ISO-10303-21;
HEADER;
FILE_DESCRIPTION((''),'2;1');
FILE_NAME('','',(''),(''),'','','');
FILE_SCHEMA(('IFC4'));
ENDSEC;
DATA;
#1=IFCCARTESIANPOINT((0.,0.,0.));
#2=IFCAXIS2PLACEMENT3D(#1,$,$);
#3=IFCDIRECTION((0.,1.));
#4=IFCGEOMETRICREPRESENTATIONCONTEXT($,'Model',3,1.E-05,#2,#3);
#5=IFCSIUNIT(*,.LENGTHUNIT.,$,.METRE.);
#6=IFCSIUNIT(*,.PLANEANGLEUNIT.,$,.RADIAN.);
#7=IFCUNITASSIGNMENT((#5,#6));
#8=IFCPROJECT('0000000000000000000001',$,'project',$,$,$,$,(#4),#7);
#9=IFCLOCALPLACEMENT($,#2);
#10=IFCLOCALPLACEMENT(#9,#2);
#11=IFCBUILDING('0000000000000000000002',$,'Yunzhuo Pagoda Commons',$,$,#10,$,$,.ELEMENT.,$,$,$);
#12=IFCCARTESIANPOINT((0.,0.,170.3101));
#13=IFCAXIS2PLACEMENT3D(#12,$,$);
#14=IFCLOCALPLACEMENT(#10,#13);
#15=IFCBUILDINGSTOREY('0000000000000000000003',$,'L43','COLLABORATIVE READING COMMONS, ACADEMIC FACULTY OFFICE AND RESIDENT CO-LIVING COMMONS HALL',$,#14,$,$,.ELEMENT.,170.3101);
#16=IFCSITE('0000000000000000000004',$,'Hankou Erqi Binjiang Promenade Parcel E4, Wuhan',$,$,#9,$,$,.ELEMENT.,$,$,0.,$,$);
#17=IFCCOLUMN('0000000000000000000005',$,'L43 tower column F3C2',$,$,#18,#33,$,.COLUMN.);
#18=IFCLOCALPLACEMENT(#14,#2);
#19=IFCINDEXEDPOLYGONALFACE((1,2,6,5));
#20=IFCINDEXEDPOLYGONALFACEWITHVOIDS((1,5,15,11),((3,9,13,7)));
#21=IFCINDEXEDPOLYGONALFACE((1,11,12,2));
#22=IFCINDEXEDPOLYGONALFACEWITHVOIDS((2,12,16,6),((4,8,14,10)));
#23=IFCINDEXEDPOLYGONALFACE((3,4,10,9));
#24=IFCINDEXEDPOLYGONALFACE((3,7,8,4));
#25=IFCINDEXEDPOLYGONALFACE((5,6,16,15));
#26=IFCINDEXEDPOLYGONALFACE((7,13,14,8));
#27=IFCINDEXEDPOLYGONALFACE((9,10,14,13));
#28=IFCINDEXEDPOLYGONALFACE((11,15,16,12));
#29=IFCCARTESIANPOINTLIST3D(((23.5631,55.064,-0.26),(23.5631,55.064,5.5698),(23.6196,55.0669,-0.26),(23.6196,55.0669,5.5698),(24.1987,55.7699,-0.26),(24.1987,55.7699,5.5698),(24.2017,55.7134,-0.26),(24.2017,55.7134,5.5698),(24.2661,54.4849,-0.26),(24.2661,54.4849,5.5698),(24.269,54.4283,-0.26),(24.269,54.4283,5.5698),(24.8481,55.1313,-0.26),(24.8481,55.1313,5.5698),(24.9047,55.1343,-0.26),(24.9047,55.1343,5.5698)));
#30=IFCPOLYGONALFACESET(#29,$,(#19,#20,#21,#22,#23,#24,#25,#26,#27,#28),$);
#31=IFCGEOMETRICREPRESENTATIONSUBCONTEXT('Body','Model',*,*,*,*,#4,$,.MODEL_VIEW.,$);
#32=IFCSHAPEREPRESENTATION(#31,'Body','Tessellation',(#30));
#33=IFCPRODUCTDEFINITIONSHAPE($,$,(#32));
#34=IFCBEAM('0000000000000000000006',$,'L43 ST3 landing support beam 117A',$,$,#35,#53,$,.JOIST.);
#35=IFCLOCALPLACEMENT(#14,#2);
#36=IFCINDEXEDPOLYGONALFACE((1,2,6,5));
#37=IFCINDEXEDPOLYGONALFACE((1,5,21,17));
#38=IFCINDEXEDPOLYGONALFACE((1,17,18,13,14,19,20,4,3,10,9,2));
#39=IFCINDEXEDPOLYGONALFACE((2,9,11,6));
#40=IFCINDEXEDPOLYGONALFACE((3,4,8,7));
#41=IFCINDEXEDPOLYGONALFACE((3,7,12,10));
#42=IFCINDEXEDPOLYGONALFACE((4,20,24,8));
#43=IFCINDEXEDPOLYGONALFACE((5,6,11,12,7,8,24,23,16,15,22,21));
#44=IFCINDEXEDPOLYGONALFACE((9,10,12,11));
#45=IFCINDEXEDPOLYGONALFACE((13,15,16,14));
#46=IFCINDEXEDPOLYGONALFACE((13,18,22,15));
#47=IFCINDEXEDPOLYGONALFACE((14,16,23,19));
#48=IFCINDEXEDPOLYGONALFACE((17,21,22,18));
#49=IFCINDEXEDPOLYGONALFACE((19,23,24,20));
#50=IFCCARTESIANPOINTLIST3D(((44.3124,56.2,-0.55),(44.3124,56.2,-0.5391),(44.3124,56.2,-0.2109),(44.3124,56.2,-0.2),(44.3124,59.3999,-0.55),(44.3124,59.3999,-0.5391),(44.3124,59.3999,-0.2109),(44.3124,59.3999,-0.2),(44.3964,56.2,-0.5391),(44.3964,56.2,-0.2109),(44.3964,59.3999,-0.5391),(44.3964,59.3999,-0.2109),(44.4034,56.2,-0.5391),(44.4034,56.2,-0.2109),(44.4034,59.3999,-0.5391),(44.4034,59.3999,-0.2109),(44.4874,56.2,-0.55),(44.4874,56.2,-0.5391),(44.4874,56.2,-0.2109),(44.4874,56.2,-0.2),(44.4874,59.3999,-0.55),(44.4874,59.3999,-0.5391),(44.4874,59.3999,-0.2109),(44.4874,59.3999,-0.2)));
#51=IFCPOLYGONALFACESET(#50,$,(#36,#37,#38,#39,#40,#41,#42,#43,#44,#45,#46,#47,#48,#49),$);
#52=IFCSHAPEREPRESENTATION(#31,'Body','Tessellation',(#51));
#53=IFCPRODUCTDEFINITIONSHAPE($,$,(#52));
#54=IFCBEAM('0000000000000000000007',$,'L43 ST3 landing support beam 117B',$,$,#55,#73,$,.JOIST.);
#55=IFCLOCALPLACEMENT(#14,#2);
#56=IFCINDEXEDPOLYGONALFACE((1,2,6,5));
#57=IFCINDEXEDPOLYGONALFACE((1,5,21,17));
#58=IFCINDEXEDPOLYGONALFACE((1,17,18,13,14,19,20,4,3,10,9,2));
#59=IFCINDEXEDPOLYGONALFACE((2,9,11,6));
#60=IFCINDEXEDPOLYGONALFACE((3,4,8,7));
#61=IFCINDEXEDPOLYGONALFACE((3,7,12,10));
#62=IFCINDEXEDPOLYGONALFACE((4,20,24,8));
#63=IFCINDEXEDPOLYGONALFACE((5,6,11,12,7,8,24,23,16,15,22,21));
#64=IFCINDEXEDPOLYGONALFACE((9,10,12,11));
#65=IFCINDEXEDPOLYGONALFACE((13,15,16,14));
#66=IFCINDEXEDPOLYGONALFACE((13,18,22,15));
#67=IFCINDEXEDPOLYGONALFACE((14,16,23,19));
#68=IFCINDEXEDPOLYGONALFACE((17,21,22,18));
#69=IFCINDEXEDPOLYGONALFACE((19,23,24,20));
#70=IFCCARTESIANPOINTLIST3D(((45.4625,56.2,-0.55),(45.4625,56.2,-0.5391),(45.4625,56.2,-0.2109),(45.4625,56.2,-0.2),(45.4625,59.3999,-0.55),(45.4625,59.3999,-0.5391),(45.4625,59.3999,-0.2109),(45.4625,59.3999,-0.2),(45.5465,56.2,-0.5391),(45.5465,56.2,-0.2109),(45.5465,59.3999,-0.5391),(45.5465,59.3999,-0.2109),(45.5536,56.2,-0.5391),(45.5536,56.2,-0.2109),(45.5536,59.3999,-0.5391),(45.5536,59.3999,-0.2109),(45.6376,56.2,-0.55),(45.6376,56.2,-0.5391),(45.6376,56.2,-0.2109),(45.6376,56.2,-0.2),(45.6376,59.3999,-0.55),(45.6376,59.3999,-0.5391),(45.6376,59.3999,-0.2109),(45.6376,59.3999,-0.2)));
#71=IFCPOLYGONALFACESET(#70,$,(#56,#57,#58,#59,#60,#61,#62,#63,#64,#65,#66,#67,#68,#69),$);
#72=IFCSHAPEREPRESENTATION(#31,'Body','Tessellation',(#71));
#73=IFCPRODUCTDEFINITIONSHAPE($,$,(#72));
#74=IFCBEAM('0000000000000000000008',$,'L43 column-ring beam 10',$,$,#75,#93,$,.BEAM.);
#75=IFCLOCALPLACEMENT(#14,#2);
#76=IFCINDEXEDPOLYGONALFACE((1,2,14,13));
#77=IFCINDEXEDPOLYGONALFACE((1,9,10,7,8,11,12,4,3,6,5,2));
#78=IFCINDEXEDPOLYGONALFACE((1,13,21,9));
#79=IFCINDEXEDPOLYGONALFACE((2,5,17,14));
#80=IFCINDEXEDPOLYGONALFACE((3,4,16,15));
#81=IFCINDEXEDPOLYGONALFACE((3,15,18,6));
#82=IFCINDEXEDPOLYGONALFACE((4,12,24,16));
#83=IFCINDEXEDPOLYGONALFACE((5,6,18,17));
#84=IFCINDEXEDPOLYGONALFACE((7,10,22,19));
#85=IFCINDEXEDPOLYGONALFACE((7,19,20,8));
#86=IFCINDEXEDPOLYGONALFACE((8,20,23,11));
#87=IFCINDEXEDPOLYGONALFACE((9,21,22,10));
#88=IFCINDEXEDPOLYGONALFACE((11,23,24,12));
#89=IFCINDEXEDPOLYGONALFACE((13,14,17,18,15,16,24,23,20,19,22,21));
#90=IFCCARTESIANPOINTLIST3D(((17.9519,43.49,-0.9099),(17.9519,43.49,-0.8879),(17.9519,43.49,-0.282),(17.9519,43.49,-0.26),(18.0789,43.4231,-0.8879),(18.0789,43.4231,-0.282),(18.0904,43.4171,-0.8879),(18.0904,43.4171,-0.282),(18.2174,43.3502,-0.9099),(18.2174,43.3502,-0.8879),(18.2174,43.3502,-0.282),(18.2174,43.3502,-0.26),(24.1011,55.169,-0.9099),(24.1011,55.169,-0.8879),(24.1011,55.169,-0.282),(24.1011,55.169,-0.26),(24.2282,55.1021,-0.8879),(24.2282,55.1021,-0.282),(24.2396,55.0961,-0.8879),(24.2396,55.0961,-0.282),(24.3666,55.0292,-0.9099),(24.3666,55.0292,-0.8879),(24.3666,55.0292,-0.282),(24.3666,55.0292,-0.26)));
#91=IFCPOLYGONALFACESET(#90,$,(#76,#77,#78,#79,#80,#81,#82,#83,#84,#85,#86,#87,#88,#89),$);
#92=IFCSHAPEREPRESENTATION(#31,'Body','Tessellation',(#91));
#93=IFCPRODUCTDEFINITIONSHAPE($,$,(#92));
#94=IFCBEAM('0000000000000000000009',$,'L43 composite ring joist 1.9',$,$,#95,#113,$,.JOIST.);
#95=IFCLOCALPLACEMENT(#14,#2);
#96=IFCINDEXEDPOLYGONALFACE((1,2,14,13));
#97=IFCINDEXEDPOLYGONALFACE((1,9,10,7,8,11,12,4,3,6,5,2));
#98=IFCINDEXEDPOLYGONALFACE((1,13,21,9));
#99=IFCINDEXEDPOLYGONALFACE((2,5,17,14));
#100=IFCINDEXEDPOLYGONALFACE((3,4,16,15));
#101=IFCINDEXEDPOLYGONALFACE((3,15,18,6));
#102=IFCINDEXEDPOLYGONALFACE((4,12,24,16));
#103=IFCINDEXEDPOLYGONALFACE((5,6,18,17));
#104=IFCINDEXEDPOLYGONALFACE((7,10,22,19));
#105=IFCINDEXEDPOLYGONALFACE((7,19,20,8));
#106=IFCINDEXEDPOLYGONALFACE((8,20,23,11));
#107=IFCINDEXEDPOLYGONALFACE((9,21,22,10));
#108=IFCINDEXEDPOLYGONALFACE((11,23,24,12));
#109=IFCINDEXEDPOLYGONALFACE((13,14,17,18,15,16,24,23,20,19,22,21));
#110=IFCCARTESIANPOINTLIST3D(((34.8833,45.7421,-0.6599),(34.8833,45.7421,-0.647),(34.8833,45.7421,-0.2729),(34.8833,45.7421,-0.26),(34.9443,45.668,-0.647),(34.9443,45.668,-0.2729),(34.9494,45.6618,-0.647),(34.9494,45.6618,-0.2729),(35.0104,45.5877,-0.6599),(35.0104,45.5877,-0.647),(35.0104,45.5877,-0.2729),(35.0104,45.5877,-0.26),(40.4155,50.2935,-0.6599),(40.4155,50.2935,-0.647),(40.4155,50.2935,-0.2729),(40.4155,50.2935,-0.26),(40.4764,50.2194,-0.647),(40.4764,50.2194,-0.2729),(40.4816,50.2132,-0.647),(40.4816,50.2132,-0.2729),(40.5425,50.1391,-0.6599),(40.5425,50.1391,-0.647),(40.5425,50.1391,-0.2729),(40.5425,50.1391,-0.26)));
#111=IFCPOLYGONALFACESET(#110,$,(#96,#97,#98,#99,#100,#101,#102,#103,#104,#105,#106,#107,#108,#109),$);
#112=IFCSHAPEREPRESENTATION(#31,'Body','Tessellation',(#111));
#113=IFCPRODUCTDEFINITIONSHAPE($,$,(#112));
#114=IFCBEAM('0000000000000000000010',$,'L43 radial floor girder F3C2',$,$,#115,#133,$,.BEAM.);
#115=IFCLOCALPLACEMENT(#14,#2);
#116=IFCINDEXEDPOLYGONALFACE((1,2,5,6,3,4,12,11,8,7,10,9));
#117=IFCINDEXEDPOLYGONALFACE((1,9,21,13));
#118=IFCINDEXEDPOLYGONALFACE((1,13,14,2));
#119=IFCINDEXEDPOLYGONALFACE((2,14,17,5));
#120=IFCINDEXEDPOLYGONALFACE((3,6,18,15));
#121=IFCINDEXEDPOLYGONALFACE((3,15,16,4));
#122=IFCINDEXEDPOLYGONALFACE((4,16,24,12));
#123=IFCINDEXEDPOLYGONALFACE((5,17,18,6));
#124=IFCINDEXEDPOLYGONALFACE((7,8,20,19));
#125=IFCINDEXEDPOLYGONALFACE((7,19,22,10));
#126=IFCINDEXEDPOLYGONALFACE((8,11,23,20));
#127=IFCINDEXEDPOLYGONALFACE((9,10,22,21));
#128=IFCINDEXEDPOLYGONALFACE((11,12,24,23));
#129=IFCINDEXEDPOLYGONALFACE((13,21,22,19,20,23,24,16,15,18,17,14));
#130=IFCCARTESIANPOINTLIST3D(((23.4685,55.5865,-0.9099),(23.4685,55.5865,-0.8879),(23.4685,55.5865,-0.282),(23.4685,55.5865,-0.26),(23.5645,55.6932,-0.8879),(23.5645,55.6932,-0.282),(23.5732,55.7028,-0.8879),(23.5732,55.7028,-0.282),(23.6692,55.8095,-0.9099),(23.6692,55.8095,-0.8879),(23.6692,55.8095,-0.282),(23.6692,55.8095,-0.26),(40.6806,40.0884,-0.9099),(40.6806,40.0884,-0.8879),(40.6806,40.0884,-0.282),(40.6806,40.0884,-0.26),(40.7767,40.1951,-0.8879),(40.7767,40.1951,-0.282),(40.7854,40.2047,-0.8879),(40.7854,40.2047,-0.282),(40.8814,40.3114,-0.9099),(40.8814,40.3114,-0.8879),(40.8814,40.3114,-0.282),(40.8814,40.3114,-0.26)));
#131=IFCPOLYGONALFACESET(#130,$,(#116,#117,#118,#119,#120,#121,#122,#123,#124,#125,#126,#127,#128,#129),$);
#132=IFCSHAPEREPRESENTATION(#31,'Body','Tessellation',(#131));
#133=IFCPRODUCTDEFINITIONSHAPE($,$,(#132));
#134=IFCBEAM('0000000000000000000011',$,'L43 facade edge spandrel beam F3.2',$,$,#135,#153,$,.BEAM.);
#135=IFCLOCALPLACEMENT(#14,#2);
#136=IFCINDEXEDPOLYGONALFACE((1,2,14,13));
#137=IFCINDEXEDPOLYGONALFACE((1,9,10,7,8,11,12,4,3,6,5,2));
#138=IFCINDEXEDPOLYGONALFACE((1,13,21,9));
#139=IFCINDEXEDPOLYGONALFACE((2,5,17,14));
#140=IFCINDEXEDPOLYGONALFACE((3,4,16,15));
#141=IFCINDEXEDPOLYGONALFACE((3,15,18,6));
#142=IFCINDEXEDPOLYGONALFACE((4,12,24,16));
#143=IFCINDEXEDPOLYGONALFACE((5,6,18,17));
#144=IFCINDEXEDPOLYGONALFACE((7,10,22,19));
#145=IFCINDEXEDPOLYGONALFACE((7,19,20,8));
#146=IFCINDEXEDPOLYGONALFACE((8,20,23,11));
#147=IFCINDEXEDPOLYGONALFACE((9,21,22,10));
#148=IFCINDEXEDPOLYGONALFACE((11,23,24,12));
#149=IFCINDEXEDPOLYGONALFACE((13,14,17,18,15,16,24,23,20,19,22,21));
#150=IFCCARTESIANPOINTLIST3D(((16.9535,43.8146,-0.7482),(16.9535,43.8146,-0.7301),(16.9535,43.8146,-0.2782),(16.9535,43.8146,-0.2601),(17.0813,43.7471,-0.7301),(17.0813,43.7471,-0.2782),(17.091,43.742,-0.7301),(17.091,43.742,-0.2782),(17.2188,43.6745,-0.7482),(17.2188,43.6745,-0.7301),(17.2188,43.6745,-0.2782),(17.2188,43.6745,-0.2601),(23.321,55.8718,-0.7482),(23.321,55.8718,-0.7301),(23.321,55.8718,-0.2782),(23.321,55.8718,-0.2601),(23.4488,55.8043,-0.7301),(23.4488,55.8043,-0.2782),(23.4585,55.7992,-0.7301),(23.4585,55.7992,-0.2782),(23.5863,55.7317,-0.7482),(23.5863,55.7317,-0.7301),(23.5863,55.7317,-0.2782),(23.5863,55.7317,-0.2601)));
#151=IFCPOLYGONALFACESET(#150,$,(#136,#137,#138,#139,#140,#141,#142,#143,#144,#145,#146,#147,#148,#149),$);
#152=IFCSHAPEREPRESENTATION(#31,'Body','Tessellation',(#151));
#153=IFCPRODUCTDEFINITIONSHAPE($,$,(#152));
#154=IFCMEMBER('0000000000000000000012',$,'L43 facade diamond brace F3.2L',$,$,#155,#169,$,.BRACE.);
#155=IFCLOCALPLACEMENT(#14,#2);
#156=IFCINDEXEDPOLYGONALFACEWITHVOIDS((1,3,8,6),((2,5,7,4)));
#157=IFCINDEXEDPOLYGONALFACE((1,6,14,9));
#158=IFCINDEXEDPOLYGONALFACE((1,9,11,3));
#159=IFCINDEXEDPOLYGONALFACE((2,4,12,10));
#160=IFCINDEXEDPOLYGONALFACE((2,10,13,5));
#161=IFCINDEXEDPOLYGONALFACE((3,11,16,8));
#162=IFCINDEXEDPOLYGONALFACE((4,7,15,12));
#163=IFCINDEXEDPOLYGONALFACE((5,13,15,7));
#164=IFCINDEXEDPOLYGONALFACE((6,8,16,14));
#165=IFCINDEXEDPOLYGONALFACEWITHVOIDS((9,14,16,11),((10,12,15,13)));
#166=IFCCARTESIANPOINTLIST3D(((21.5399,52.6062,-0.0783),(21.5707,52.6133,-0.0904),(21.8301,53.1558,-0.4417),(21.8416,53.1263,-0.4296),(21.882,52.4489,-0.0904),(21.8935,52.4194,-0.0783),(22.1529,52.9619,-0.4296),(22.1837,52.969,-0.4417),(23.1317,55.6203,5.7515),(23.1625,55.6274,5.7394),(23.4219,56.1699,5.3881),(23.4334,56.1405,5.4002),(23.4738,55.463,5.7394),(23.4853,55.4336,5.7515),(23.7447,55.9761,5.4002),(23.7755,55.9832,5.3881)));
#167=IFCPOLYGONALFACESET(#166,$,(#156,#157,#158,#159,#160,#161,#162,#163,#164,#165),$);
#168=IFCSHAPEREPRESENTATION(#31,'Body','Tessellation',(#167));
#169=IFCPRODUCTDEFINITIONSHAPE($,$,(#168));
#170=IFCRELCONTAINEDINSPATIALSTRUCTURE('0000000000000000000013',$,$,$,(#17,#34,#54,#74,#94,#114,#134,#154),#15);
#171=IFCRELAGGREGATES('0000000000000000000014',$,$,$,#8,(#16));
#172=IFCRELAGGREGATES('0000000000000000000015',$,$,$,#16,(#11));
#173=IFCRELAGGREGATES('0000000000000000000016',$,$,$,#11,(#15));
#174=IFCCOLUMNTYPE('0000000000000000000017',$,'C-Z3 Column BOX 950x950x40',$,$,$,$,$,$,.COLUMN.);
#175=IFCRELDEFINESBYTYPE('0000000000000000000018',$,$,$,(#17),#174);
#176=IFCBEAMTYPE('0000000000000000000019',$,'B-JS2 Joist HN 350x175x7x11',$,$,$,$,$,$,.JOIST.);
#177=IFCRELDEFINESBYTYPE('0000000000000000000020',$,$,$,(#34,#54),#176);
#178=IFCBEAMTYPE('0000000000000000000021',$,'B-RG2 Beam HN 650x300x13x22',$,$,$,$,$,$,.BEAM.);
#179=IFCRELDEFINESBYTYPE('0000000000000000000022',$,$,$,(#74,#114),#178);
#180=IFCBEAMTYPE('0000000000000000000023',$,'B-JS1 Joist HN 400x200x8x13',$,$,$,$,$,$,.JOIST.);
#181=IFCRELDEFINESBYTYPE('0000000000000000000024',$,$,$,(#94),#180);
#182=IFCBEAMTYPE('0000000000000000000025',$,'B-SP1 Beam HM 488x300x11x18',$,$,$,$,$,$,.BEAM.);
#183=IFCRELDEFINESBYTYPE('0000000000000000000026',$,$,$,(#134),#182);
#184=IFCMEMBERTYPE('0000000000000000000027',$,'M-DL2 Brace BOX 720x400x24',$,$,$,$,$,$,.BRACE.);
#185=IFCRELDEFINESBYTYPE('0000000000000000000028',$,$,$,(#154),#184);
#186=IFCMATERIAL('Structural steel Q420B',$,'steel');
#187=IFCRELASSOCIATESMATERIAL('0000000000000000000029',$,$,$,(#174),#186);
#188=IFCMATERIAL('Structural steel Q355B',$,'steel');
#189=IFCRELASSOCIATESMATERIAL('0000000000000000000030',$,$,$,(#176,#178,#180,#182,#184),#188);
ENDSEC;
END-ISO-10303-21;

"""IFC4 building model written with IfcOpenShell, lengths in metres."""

from ifc_helpers import new_model, si_unit, direction, frame, origin, origin_2d, place, context, subcontext, project, spatial, hollow_rectangle, i_section, extrude, source, transform, mapped, material, material_profile, profile_set, type_object, element, save


model = new_model("IFC4")

# Units and contexts
model_context = context("Model", 3, precision=1e-05, world=origin(), true_north=direction((0.0, 1.0)))
body_context = subcontext(model_context, "Body", "Model", "MODEL_VIEW")
ifc_project = project(units=[si_unit("LENGTHUNIT", "METRE"), si_unit("PLANEANGLEUNIT", "RADIAN")], contexts=[model_context])

# Site, building, storey
site_placement = place(None, origin())
site = spatial("IfcSite", under=ifc_project, at=site_placement, Name="Hankou Erqi Binjiang Promenade Parcel E4, Wuhan", CompositionType="ELEMENT", RefElevation=0.0)
building_placement = place(site_placement, origin())
building = spatial("IfcBuilding", under=site, at=building_placement, Name="Yunzhuo Pagoda Commons", CompositionType="ELEMENT")
storey_placement = place(building_placement, frame((0.0, 0.0, 170.3101)))
storey = spatial("IfcBuildingStorey", under=building, at=storey_placement, Name="L43", Description="COLLABORATIVE READING COMMONS, ACADEMIC FACULTY OFFICE AND RESIDENT CO-LIVING COMMONS HALL", CompositionType="ELEMENT", Elevation=170.3101)

# Column
ifc_material_1 = material(Name="Structural steel Q420B", Category="steel")
ifc_material_profile_1 = material_profile(ifc_material_1, hollow_rectangle(XDim=0.95, YDim=0.95, WallThickness=0.04, at=origin_2d()), Name="Structural steel Q420B")
ifc_profile_set_1 = profile_set([ifc_material_profile_1], Name="Structural steel Q420B")
column_type = type_object("IfcColumnType", Name="C-Z3 Column BOX 950x950x40", PredefinedType="COLUMN", material=ifc_profile_set_1)
shared_shape_1 = source(origin(), body_context, "Body", "SweptSolid", [
    extrude(hollow_rectangle(XDim=0.95, YDim=0.95, WallThickness=0.04, at=origin_2d()), origin(), (0.0, 0.0, 1.0), 5.8298),
])
column_placement = place(storey_placement, frame((24.2339, 55.0991, -0.26), z_axis=(0.0, 0.0, 1.0), x_axis=(-0.669131, -0.743145, 0.0)))
element("IfcColumn", 1, at=column_placement, inside=storey, type_object=column_type, Name="L43 tower column F3C2", PredefinedType="COLUMN", context=body_context, shape_type="MappedRepresentation", body=[
    mapped(shared_shape_1, transform((0.0, 0.0, 0.0), scale=1.0)),
])

# Beams
ifc_material_2 = material(Name="Structural steel Q355B", Category="steel")
ifc_material_profile_2 = material_profile(ifc_material_2, i_section(OverallWidth=0.175, OverallDepth=0.3501, WebThickness=0.0071, FlangeThickness=0.011, at=origin_2d()), Name="Structural steel Q355B")
ifc_profile_set_2 = profile_set([ifc_material_profile_2], Name="Structural steel Q355B")
beam_type_1 = type_object("IfcBeamType", Name="B-JS2 Joist HN 350x175x7x11", PredefinedType="JOIST", material=ifc_profile_set_2)
shared_shape_2 = source(origin(), body_context, "Body", "SweptSolid", [
    extrude(i_section(OverallWidth=0.175, OverallDepth=0.3501, WebThickness=0.0071, FlangeThickness=0.011, at=origin_2d()), origin(), (0.0, 0.0, 1.0), 3.2),
])
for number, where, z_axis, x_axis, name in (
    (2, (44.3999, 56.2, -0.375), (0.0, 1.0, 0.0), (-1.0, 0.0, 0.0), "L43 ST3 landing support beam 117A"),
    (3, (45.55, 56.2, -0.375), (0.0, 1.0, 0.0), (-1.0, 0.0, 0.0), "L43 ST3 landing support beam 117B"),
):
    element("IfcBeam", number, at=place(storey_placement, frame(where, z_axis=z_axis, x_axis=x_axis)), inside=storey, type_object=beam_type_1, Name=name, PredefinedType="JOIST", context=body_context, shape_type="MappedRepresentation", body=[
        mapped(shared_shape_2, transform((0.0, 0.0, 0.0), scale=1.0)),
    ])
ifc_material_profile_3 = material_profile(ifc_material_2, i_section(OverallWidth=0.3, OverallDepth=0.6499, WebThickness=0.0129, FlangeThickness=0.022, at=origin_2d()), Name="Structural steel Q355B")
ifc_profile_set_3 = profile_set([ifc_material_profile_3], Name="Structural steel Q355B")
beam_type_2 = type_object("IfcBeamType", Name="B-RG2 Beam HN 650x300x13x22", PredefinedType="BEAM", material=ifc_profile_set_3)
shared_shape_3 = source(origin(), body_context, "Body", "SweptSolid", [
    extrude(i_section(OverallWidth=0.3, OverallDepth=0.6499, WebThickness=0.0129, FlangeThickness=0.022, at=origin_2d()), origin(), (0.0, 0.0, 1.0), 13.199),
])
beam_1_placement = place(storey_placement, frame((24.2339, 55.0991, -0.585), z_axis=(-0.465886, -0.884845, 0.0), x_axis=(0.884845, -0.465886, 0.0)))
element("IfcBeam", 4, at=beam_1_placement, inside=storey, type_object=beam_type_2, Name="L43 column-ring beam 10", PredefinedType="BEAM", context=body_context, shape_type="MappedRepresentation", body=[
    mapped(shared_shape_3, transform((0.0, 0.0, 0.0), scale=1.0)),
])
ifc_material_profile_4 = material_profile(ifc_material_2, i_section(OverallWidth=0.2, OverallDepth=0.3999, WebThickness=0.0081, FlangeThickness=0.0129, at=origin_2d()), Name="Structural steel Q355B")
ifc_profile_set_4 = profile_set([ifc_material_profile_4], Name="Structural steel Q355B")
beam_type_3 = type_object("IfcBeamType", Name="B-JS1 Joist HN 400x200x8x13", PredefinedType="JOIST", material=ifc_profile_set_4)
shared_shape_4 = source(origin(), body_context, "Body", "SweptSolid", [
    extrude(i_section(OverallWidth=0.2, OverallDepth=0.3999, WebThickness=0.0081, FlangeThickness=0.0129, at=origin_2d()), origin(), (0.0, 0.0, 1.0), 7.1638),
])
beam_2_placement = place(storey_placement, frame((40.479, 50.2163, -0.46), z_axis=(-0.772234, -0.635338, 0.0), x_axis=(0.635338, -0.772234, 0.0)))
element("IfcBeam", 5, at=beam_2_placement, inside=storey, type_object=beam_type_3, Name="L43 composite ring joist 1.9", PredefinedType="JOIST", context=body_context, shape_type="MappedRepresentation", body=[
    mapped(shared_shape_4, transform((0.0, 0.0, 0.0), scale=1.0)),
])
shared_shape_5 = source(origin(), body_context, "Body", "SweptSolid", [
    extrude(i_section(OverallWidth=0.3, OverallDepth=0.6499, WebThickness=0.0129, FlangeThickness=0.022, at=origin_2d()), origin(), (0.0, 0.0, 1.0), 23.1614),
])
beam_3_placement = place(storey_placement, frame((23.5688, 55.698, -0.585), z_axis=(0.743142, -0.669134, 0.0), x_axis=(0.669134, 0.743142, 0.0)))
element("IfcBeam", 6, at=beam_3_placement, inside=storey, type_object=beam_type_2, Name="L43 radial floor girder F3C2", PredefinedType="BEAM", context=body_context, shape_type="MappedRepresentation", body=[
    mapped(shared_shape_5, transform((0.0, 0.0, 0.0), scale=1.0)),
])
ifc_material_profile_5 = material_profile(ifc_material_2, i_section(OverallWidth=0.3, OverallDepth=0.488, WebThickness=0.011, FlangeThickness=0.0181, at=origin_2d()), Name="Structural steel Q355B")
ifc_profile_set_5 = profile_set([ifc_material_profile_5], Name="Structural steel Q355B")
beam_type_4 = type_object("IfcBeamType", Name="B-SP1 Beam HM 488x300x11x18", PredefinedType="BEAM", material=ifc_profile_set_5)
shared_shape_6 = source(origin(), body_context, "Body", "SweptSolid", [
    extrude(i_section(OverallWidth=0.3, OverallDepth=0.488, WebThickness=0.011, FlangeThickness=0.0181, at=origin_2d()), origin(), (0.0, 0.0, 1.0), 13.6353),
])
beam_4_placement = place(storey_placement, frame((23.4536, 55.8018, -0.5042), z_axis=(-0.466985, -0.884265, 0.0), x_axis=(0.884265, -0.466985, 0.0)))
element("IfcBeam", 7, at=beam_4_placement, inside=storey, type_object=beam_type_4, Name="L43 facade edge spandrel beam F3.2", PredefinedType="BEAM", context=body_context, shape_type="MappedRepresentation", body=[
    mapped(shared_shape_6, transform((0.0, 0.0, 0.0), scale=1.0)),
])

# Member
ifc_material_profile_6 = material_profile(ifc_material_2, hollow_rectangle(XDim=0.3999, YDim=0.72, WallThickness=0.0239, at=origin_2d()), Name="Structural steel Q355B")
ifc_profile_set_6 = profile_set([ifc_material_profile_6], Name="Structural steel Q355B")
member_type_1 = type_object("IfcMemberType", Name="M-DL2 Brace BOX 720x400x24", PredefinedType="BRACE", material=ifc_profile_set_6)
shared_shape_7 = source(origin(), body_context, "Body", "SweptSolid", [
    extrude(hollow_rectangle(XDim=0.3999, YDim=0.72, WallThickness=0.0239, at=origin_2d()), origin(), (0.0, 0.0, 1.0), 6.7532),
])
member_1_placement = place(storey_placement, frame((21.8618, 52.7876, -0.26), z_axis=(0.235709, 0.44633, 0.863268), x_axis=(-0.884265, 0.466986, 0.0)))
element("IfcMember", 8, at=member_1_placement, inside=storey, type_object=member_type_1, Name="L43 facade diamond brace F3.2L", PredefinedType="BRACE", context=body_context, shape_type="MappedRepresentation", body=[
    mapped(shared_shape_7, transform((0.0, 0.0, 0.0), scale=1.0)),
])

save(model, "model.ifc")
